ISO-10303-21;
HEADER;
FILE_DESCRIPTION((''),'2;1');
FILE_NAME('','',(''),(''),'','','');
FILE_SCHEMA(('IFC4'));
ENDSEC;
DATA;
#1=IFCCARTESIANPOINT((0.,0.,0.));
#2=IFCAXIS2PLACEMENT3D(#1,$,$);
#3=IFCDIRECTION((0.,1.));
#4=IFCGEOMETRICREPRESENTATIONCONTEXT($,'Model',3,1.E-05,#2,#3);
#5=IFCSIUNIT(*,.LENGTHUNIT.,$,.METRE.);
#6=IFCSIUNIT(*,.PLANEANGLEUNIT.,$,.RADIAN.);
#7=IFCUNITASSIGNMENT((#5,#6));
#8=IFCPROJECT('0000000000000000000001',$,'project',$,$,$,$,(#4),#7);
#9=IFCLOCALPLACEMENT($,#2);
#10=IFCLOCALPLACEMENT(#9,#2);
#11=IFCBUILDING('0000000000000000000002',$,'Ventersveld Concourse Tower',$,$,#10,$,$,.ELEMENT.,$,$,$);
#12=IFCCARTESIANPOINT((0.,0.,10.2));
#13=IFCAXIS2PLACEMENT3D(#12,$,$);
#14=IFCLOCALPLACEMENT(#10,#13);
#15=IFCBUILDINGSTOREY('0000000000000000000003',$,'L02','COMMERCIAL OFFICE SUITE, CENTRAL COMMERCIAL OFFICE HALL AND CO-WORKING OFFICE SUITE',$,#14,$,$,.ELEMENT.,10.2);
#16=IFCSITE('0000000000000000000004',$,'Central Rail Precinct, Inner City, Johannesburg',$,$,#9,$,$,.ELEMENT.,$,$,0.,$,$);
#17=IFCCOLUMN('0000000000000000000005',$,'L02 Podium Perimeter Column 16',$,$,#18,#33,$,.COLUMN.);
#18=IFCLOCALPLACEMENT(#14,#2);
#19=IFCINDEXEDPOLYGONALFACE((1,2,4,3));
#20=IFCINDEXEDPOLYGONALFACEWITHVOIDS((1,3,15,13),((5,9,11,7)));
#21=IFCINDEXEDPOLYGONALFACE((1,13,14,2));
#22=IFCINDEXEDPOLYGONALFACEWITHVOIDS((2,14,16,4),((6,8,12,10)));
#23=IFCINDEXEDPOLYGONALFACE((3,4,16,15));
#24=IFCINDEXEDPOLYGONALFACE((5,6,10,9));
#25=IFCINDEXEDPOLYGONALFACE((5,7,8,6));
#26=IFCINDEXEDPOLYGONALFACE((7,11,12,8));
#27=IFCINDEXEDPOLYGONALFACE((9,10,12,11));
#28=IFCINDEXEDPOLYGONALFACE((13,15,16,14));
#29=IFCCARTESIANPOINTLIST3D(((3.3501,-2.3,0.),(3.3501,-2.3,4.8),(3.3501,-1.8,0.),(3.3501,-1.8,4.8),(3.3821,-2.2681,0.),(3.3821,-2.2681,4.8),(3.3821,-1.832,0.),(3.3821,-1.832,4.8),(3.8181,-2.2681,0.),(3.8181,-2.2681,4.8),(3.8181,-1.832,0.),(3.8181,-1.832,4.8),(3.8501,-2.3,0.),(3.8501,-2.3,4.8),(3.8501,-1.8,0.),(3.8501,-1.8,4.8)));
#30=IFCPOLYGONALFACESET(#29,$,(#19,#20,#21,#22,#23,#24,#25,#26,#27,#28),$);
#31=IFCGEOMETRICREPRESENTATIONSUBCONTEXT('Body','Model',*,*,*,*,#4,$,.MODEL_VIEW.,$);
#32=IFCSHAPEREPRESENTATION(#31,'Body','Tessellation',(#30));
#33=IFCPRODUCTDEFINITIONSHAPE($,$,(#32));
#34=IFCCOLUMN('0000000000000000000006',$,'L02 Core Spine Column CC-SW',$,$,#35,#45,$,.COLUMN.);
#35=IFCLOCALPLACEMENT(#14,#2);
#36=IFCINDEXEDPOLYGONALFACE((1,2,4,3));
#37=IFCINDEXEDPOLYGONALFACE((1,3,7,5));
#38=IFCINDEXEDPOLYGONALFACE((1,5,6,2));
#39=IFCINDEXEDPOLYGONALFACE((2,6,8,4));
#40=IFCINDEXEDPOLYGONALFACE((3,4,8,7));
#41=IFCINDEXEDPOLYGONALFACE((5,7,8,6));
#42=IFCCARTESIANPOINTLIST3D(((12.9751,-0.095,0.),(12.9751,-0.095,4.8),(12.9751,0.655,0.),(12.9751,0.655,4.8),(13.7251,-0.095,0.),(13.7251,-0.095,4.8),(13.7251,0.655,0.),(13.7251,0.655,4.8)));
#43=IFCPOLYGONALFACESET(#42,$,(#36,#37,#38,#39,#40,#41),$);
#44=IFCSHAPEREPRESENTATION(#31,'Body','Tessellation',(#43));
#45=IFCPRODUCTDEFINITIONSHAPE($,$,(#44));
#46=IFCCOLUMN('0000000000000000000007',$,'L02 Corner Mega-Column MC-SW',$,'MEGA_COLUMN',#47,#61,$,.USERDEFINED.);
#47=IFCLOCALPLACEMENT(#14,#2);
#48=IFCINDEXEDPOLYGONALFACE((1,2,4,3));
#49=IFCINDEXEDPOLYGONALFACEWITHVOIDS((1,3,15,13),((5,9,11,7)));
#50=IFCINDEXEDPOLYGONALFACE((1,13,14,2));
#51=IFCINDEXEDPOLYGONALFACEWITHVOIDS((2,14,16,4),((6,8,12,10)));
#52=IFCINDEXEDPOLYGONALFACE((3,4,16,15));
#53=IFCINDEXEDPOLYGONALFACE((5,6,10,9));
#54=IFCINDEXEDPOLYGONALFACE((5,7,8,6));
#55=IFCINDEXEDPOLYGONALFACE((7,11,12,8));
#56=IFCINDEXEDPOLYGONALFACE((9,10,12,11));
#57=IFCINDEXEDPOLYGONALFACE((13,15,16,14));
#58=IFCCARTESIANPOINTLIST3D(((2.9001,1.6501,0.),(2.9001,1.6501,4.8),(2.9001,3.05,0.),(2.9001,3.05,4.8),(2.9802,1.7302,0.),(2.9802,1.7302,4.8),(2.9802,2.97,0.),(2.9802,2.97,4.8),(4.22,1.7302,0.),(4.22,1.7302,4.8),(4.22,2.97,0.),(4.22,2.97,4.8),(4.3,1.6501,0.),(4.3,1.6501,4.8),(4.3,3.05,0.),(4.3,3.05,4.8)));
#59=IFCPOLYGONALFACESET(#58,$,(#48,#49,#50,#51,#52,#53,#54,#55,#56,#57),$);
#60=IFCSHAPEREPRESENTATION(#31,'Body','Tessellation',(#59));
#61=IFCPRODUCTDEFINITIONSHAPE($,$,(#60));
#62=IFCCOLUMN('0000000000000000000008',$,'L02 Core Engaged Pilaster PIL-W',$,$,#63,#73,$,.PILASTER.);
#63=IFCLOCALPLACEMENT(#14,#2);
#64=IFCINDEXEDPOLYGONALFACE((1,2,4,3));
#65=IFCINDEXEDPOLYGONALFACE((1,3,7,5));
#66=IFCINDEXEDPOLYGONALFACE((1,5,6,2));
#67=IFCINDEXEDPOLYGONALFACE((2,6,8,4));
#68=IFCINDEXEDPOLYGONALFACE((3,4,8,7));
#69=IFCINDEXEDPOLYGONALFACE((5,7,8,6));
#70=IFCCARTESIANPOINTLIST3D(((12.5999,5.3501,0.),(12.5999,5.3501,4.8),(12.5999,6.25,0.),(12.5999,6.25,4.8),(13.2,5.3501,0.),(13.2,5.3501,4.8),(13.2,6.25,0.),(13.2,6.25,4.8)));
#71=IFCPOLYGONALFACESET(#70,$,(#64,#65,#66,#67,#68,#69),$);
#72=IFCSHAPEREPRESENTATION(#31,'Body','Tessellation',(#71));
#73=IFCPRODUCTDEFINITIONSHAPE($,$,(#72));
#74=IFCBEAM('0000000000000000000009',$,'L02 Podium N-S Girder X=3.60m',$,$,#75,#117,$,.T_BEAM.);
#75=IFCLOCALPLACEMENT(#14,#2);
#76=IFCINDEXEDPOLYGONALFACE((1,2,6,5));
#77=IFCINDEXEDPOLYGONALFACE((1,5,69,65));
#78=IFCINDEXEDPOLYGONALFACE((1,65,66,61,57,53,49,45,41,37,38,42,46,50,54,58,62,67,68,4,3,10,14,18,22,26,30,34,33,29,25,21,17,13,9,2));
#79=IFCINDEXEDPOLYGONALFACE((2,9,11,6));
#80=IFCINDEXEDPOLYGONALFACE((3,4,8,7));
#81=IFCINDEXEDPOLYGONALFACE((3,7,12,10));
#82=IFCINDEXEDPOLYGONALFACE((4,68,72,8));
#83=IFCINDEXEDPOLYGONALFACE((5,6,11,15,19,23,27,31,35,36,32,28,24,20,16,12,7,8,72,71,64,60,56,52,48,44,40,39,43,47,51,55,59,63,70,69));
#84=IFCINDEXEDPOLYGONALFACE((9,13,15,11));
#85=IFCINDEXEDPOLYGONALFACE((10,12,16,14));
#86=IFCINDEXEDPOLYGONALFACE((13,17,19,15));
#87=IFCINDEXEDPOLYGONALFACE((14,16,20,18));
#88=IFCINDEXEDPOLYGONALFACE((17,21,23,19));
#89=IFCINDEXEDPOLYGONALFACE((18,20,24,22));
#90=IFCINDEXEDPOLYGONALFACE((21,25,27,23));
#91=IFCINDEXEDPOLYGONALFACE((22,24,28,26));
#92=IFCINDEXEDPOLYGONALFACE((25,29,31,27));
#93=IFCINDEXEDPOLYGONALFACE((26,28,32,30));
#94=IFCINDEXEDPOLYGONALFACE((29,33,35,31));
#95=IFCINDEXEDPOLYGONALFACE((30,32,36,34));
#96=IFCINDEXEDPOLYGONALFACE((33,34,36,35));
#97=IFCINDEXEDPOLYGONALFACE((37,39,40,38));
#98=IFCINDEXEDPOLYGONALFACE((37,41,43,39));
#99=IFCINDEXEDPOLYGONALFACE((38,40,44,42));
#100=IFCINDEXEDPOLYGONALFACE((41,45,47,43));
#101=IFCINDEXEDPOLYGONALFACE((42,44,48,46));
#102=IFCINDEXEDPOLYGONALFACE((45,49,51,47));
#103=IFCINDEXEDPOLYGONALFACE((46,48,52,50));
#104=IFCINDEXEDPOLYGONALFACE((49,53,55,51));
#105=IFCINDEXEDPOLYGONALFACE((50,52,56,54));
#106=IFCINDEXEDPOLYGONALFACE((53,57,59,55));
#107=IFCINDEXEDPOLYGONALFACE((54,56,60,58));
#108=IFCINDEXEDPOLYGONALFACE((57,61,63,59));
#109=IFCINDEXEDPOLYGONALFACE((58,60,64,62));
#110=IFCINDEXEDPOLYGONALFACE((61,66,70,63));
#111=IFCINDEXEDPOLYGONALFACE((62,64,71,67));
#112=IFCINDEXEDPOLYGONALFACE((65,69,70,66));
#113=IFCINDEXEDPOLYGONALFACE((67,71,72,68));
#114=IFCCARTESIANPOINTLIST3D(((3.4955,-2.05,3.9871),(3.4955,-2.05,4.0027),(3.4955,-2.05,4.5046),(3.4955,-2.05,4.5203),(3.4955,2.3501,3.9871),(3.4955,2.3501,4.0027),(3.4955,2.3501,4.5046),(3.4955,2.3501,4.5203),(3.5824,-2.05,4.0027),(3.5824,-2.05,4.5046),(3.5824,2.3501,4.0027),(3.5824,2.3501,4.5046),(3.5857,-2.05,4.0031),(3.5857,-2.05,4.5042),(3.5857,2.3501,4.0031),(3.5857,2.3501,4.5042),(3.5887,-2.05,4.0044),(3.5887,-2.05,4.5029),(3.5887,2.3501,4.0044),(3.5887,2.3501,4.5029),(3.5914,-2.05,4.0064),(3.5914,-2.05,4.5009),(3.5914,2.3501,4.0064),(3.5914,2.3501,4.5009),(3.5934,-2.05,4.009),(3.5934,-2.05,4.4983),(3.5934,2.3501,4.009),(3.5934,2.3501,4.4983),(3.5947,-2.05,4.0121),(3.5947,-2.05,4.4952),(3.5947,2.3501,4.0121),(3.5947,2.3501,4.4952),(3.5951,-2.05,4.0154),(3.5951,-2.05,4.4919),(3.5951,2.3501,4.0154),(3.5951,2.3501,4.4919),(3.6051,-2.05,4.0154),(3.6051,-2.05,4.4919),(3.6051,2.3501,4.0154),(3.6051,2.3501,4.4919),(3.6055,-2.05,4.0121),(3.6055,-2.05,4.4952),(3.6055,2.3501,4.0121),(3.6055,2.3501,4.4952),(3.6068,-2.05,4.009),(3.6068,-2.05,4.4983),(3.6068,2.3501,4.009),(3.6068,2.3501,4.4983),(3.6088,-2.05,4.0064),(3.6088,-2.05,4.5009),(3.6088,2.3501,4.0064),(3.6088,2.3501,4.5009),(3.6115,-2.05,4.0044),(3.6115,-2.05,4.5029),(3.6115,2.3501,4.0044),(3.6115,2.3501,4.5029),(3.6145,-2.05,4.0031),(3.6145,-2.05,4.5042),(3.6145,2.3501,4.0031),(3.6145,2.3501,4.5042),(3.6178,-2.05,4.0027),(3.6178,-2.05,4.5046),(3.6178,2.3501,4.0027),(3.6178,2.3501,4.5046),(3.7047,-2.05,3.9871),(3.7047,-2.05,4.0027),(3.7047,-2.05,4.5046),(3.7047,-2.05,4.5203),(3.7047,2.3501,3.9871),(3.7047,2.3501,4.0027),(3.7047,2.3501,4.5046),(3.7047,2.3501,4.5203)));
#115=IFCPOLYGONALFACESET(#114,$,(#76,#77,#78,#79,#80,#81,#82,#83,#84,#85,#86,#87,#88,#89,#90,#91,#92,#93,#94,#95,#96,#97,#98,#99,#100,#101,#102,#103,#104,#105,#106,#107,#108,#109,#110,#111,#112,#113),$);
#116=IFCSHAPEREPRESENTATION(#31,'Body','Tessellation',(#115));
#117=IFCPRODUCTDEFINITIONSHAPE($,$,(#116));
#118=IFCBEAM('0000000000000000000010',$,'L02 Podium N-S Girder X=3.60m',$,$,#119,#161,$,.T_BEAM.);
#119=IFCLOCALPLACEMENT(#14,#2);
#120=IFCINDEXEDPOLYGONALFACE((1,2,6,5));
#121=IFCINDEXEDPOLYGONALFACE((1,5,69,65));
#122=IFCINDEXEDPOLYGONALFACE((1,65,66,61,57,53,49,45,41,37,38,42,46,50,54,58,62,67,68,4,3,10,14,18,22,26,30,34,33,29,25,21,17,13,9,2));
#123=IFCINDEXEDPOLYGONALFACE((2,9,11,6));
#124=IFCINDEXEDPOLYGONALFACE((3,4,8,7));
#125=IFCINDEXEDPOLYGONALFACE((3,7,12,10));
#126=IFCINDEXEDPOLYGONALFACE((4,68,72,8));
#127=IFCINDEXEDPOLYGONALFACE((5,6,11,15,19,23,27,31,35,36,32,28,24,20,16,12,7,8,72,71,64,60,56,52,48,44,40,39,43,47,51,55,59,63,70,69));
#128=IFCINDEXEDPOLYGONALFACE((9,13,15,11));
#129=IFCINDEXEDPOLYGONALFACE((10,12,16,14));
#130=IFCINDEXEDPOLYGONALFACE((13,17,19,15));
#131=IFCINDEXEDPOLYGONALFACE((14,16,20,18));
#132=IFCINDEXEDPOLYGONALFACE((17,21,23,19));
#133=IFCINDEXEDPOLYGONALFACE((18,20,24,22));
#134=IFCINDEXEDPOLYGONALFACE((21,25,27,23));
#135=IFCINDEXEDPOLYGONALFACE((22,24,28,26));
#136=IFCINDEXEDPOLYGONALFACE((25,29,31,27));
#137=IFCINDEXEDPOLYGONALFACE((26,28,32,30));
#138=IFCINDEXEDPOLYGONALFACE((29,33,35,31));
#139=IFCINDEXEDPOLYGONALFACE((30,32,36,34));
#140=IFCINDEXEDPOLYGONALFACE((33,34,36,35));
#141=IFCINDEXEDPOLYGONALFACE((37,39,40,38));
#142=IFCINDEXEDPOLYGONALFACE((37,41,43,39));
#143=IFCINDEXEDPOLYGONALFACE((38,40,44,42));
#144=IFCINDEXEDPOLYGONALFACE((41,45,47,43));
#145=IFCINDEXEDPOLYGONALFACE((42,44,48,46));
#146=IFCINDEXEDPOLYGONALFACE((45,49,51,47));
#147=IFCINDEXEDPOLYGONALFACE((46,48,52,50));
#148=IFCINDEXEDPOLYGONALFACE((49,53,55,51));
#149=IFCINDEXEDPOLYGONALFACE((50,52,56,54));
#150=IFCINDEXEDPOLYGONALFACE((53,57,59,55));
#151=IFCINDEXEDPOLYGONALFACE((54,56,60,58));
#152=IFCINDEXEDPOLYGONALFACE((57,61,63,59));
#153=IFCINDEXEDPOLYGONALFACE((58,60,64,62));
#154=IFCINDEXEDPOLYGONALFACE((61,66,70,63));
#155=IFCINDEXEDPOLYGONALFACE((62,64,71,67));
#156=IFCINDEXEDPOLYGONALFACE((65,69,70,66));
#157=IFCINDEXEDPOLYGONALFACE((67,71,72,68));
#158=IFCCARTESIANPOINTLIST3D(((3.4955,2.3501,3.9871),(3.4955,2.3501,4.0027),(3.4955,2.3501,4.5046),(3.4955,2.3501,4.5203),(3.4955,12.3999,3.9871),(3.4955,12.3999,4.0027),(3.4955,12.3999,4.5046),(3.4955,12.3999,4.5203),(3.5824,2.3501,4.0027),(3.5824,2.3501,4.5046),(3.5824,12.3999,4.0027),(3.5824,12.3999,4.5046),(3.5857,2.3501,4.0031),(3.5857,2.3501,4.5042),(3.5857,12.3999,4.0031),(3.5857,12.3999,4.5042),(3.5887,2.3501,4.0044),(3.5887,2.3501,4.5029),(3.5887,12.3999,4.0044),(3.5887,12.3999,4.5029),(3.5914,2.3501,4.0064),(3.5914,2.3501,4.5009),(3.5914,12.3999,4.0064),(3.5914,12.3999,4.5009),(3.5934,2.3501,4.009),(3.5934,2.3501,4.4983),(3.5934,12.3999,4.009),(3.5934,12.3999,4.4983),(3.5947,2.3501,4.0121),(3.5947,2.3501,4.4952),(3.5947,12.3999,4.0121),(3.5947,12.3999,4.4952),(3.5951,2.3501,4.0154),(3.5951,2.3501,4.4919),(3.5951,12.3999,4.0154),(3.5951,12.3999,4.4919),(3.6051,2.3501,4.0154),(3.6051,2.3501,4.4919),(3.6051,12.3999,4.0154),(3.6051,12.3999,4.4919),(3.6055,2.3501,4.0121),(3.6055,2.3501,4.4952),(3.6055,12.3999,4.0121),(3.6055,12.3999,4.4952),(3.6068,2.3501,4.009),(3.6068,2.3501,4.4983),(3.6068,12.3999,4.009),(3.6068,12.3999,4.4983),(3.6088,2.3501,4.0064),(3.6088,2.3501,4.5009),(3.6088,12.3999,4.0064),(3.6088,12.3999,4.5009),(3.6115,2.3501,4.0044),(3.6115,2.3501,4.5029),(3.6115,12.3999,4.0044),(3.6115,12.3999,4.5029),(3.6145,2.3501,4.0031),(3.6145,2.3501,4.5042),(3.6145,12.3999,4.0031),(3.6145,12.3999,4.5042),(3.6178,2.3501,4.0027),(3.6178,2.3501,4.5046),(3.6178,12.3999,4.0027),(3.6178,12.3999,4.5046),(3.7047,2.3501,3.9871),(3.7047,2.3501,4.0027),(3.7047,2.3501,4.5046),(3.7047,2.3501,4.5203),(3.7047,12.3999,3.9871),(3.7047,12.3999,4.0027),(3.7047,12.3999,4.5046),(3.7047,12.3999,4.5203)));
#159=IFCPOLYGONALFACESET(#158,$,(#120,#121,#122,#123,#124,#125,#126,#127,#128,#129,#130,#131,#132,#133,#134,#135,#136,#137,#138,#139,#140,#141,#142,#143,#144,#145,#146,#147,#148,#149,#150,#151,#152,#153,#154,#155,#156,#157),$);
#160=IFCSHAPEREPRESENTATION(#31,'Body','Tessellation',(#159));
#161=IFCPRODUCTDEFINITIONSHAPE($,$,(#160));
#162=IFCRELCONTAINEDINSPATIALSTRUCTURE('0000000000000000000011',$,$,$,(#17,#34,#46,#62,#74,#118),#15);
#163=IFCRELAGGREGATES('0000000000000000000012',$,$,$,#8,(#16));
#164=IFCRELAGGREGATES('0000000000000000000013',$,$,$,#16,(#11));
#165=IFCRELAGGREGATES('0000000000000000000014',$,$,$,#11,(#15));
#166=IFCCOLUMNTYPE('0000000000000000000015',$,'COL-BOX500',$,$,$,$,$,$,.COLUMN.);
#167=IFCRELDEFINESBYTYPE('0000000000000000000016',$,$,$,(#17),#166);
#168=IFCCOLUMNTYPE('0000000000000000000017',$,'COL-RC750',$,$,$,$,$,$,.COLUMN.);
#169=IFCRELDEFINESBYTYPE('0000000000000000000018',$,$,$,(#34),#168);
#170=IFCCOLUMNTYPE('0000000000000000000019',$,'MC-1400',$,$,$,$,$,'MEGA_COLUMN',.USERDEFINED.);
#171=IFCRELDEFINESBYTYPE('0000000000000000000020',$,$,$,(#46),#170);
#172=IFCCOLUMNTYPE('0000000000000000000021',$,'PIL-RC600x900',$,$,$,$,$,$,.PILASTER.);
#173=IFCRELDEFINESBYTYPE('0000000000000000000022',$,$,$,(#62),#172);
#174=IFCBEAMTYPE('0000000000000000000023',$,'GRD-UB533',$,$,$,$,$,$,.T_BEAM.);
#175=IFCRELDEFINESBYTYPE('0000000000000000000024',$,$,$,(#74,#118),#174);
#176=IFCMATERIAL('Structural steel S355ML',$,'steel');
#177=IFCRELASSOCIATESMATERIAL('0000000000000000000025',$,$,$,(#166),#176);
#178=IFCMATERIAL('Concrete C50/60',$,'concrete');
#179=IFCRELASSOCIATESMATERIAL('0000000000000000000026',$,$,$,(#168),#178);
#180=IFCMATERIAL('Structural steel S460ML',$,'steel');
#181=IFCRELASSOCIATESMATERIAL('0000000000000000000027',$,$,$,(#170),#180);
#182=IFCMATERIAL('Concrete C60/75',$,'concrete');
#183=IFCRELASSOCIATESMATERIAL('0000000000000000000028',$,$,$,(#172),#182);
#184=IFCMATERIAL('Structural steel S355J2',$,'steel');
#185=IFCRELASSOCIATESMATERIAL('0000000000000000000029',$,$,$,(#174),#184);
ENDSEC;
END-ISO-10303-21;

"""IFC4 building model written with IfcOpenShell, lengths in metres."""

from ifc_helpers import new_model, si_unit, direction, frame, origin, origin_2d, place, context, subcontext, project, spatial, rectangle, hollow_rectangle, i_section, extrude, material, material_profile, profile_set, type_object, element, save


model = new_model("IFC4")

# Units and contexts
model_context = context("Model", 3, precision=1e-05, world=origin(), true_north=direction((0.0, 1.0)))
body_context = subcontext(model_context, "Body", "Model", "MODEL_VIEW")
ifc_project = project(units=[si_unit("LENGTHUNIT", "METRE"), si_unit("PLANEANGLEUNIT", "RADIAN")], contexts=[model_context])

# Site, building, storey
site_placement = place(None, origin())
site = spatial("IfcSite", under=ifc_project, at=site_placement, Name="Central Rail Precinct, Inner City, Johannesburg", CompositionType="ELEMENT", RefElevation=0.0)
building_placement = place(site_placement, origin())
building = spatial("IfcBuilding", under=site, at=building_placement, Name="Ventersveld Concourse Tower", CompositionType="ELEMENT")
storey_placement = place(building_placement, frame((0.0, 0.0, 10.2)))
storey = spatial("IfcBuildingStorey", under=building, at=storey_placement, Name="L02", Description="COMMERCIAL OFFICE SUITE, CENTRAL COMMERCIAL OFFICE HALL AND CO-WORKING OFFICE SUITE", CompositionType="ELEMENT", Elevation=10.2)

# Columns
ifc_material_1 = material(Name="Structural steel S355ML", Category="steel")
ifc_material_profile_1 = material_profile(ifc_material_1, hollow_rectangle(XDim=0.5, YDim=0.5, WallThickness=0.032, at=origin_2d()), Name="BOX 500x500x32")
ifc_profile_set_1 = profile_set([ifc_material_profile_1], Name="Structural steel S355ML")
column_type_1 = type_object("IfcColumnType", Name="COL-BOX500", PredefinedType="COLUMN", material=ifc_profile_set_1)
column_1_placement = place(storey_placement, frame((3.6001, -2.05, 0.0), z_axis=(0.0, 0.0, 1.0), x_axis=(1.0, 0.0, 0.0)))
element("IfcColumn", 1, at=column_1_placement, inside=storey, type_object=column_type_1, Name="L02 Podium Perimeter Column 16", PredefinedType="COLUMN", context=body_context, shape_type="SweptSolid", body=[
    extrude(hollow_rectangle(XDim=0.5, YDim=0.5, WallThickness=0.032, at=origin_2d()), origin(), (0.0, 0.0, 1.0), 4.8),
])
ifc_material_2 = material(Name="Concrete C50/60", Category="concrete")
ifc_material_profile_2 = material_profile(ifc_material_2, rectangle(XDim=0.75, YDim=0.75, at=origin_2d()), Name="RC 750x750")
ifc_profile_set_2 = profile_set([ifc_material_profile_2], Name="Concrete C50/60")
column_type_2 = type_object("IfcColumnType", Name="COL-RC750", PredefinedType="COLUMN", material=ifc_profile_set_2)
column_2_placement = place(storey_placement, frame((13.3501, 0.28, 0.0), z_axis=(0.0, 0.0, 1.0), x_axis=(1.0, 0.0, 0.0)))
element("IfcColumn", 2, at=column_2_placement, inside=storey, type_object=column_type_2, Name="L02 Core Spine Column CC-SW", PredefinedType="COLUMN", context=body_context, shape_type="SweptSolid", body=[
    extrude(rectangle(XDim=0.75, YDim=0.75, at=origin_2d()), origin(), (0.0, 0.0, 1.0), 4.8),
])
ifc_material_3 = material(Name="Structural steel S460ML", Category="steel")
ifc_material_profile_3 = material_profile(ifc_material_3, hollow_rectangle(XDim=1.3999, YDim=1.3999, WallThickness=0.0801, at=origin_2d()), Name="BOX 1400x1400x80")
ifc_profile_set_3 = profile_set([ifc_material_profile_3], Name="Structural steel S460ML")
column_type_3 = type_object("IfcColumnType", Name="MC-1400", ElementType="MEGA_COLUMN", PredefinedType="USERDEFINED", material=ifc_profile_set_3)
column_3_placement = place(storey_placement, frame((3.6001, 2.3501, 0.0), z_axis=(0.0, 0.0, 1.0), x_axis=(1.0, 0.0, 0.0)))
element("IfcColumn", 3, at=column_3_placement, inside=storey, type_object=column_type_3, Name="L02 Corner Mega-Column MC-SW", ObjectType="MEGA_COLUMN", PredefinedType="USERDEFINED", context=body_context, shape_type="SweptSolid", body=[
    extrude(hollow_rectangle(XDim=1.3999, YDim=1.3999, WallThickness=0.0801, at=origin_2d()), origin(), (0.0, 0.0, 1.0), 4.8),
])
ifc_material_4 = material(Name="Concrete C60/75", Category="concrete")
ifc_material_profile_4 = material_profile(ifc_material_4, rectangle(XDim=0.6001, YDim=0.8999, at=origin_2d()), Name="RC 600x900")
ifc_profile_set_4 = profile_set([ifc_material_profile_4], Name="Concrete C60/75")
column_type_4 = type_object("IfcColumnType", Name="PIL-RC600x900", PredefinedType="PILASTER", material=ifc_profile_set_4)
column_4_placement = place(storey_placement, frame((12.8999, 5.8, 0.0), z_axis=(0.0, 0.0, 1.0), x_axis=(1.0, 0.0, 0.0)))
element("IfcColumn", 4, at=column_4_placement, inside=storey, type_object=column_type_4, Name="L02 Core Engaged Pilaster PIL-W", PredefinedType="PILASTER", context=body_context, shape_type="SweptSolid", body=[
    extrude(rectangle(XDim=0.6001, YDim=0.8999, at=origin_2d()), origin(), (0.0, 0.0, 1.0), 4.8),
])

# Beams
ifc_material_5 = material(Name="Structural steel S355J2", Category="steel")
ifc_material_profile_5 = material_profile(ifc_material_5, i_section(OverallWidth=0.2092, OverallDepth=0.5332, WebThickness=0.01, FlangeThickness=0.0156, FilletRadius=0.0127, at=origin_2d()), Name="UB 533x210x92")
ifc_profile_set_5 = profile_set([ifc_material_profile_5], Name="Structural steel S355J2")
beam_type_1 = type_object("IfcBeamType", Name="GRD-UB533", PredefinedType="T_BEAM", material=ifc_profile_set_5)
beam_1_placement = place(storey_placement, frame((3.6001, -2.05, 4.2537), z_axis=(0.0, 1.0, 0.0), x_axis=(-1.0, 0.0, 0.0)))
element("IfcBeam", 5, at=beam_1_placement, inside=storey, type_object=beam_type_1, Name="L02 Podium N-S Girder X=3.60m", PredefinedType="T_BEAM", context=body_context, shape_type="SweptSolid", body=[
    extrude(i_section(OverallWidth=0.2092, OverallDepth=0.5332, WebThickness=0.01, FlangeThickness=0.0156, FilletRadius=0.0127, at=origin_2d()), origin(), (0.0, 0.0, 1.0), 4.4001),
])
beam_2_placement = place(storey_placement, frame((3.6001, 2.3501, 4.2537), z_axis=(0.0, 1.0, 0.0), x_axis=(-1.0, 0.0, 0.0)))
element("IfcBeam", 6, at=beam_2_placement, inside=storey, type_object=beam_type_1, Name="L02 Podium N-S Girder X=3.60m", PredefinedType="T_BEAM", context=body_context, shape_type="SweptSolid", body=[
    extrude(i_section(OverallWidth=0.2092, OverallDepth=0.5332, WebThickness=0.01, FlangeThickness=0.0156, FilletRadius=0.0127, at=origin_2d()), origin(), (0.0, 0.0, 1.0), 10.0498),
])

save(model, "model.ifc")
